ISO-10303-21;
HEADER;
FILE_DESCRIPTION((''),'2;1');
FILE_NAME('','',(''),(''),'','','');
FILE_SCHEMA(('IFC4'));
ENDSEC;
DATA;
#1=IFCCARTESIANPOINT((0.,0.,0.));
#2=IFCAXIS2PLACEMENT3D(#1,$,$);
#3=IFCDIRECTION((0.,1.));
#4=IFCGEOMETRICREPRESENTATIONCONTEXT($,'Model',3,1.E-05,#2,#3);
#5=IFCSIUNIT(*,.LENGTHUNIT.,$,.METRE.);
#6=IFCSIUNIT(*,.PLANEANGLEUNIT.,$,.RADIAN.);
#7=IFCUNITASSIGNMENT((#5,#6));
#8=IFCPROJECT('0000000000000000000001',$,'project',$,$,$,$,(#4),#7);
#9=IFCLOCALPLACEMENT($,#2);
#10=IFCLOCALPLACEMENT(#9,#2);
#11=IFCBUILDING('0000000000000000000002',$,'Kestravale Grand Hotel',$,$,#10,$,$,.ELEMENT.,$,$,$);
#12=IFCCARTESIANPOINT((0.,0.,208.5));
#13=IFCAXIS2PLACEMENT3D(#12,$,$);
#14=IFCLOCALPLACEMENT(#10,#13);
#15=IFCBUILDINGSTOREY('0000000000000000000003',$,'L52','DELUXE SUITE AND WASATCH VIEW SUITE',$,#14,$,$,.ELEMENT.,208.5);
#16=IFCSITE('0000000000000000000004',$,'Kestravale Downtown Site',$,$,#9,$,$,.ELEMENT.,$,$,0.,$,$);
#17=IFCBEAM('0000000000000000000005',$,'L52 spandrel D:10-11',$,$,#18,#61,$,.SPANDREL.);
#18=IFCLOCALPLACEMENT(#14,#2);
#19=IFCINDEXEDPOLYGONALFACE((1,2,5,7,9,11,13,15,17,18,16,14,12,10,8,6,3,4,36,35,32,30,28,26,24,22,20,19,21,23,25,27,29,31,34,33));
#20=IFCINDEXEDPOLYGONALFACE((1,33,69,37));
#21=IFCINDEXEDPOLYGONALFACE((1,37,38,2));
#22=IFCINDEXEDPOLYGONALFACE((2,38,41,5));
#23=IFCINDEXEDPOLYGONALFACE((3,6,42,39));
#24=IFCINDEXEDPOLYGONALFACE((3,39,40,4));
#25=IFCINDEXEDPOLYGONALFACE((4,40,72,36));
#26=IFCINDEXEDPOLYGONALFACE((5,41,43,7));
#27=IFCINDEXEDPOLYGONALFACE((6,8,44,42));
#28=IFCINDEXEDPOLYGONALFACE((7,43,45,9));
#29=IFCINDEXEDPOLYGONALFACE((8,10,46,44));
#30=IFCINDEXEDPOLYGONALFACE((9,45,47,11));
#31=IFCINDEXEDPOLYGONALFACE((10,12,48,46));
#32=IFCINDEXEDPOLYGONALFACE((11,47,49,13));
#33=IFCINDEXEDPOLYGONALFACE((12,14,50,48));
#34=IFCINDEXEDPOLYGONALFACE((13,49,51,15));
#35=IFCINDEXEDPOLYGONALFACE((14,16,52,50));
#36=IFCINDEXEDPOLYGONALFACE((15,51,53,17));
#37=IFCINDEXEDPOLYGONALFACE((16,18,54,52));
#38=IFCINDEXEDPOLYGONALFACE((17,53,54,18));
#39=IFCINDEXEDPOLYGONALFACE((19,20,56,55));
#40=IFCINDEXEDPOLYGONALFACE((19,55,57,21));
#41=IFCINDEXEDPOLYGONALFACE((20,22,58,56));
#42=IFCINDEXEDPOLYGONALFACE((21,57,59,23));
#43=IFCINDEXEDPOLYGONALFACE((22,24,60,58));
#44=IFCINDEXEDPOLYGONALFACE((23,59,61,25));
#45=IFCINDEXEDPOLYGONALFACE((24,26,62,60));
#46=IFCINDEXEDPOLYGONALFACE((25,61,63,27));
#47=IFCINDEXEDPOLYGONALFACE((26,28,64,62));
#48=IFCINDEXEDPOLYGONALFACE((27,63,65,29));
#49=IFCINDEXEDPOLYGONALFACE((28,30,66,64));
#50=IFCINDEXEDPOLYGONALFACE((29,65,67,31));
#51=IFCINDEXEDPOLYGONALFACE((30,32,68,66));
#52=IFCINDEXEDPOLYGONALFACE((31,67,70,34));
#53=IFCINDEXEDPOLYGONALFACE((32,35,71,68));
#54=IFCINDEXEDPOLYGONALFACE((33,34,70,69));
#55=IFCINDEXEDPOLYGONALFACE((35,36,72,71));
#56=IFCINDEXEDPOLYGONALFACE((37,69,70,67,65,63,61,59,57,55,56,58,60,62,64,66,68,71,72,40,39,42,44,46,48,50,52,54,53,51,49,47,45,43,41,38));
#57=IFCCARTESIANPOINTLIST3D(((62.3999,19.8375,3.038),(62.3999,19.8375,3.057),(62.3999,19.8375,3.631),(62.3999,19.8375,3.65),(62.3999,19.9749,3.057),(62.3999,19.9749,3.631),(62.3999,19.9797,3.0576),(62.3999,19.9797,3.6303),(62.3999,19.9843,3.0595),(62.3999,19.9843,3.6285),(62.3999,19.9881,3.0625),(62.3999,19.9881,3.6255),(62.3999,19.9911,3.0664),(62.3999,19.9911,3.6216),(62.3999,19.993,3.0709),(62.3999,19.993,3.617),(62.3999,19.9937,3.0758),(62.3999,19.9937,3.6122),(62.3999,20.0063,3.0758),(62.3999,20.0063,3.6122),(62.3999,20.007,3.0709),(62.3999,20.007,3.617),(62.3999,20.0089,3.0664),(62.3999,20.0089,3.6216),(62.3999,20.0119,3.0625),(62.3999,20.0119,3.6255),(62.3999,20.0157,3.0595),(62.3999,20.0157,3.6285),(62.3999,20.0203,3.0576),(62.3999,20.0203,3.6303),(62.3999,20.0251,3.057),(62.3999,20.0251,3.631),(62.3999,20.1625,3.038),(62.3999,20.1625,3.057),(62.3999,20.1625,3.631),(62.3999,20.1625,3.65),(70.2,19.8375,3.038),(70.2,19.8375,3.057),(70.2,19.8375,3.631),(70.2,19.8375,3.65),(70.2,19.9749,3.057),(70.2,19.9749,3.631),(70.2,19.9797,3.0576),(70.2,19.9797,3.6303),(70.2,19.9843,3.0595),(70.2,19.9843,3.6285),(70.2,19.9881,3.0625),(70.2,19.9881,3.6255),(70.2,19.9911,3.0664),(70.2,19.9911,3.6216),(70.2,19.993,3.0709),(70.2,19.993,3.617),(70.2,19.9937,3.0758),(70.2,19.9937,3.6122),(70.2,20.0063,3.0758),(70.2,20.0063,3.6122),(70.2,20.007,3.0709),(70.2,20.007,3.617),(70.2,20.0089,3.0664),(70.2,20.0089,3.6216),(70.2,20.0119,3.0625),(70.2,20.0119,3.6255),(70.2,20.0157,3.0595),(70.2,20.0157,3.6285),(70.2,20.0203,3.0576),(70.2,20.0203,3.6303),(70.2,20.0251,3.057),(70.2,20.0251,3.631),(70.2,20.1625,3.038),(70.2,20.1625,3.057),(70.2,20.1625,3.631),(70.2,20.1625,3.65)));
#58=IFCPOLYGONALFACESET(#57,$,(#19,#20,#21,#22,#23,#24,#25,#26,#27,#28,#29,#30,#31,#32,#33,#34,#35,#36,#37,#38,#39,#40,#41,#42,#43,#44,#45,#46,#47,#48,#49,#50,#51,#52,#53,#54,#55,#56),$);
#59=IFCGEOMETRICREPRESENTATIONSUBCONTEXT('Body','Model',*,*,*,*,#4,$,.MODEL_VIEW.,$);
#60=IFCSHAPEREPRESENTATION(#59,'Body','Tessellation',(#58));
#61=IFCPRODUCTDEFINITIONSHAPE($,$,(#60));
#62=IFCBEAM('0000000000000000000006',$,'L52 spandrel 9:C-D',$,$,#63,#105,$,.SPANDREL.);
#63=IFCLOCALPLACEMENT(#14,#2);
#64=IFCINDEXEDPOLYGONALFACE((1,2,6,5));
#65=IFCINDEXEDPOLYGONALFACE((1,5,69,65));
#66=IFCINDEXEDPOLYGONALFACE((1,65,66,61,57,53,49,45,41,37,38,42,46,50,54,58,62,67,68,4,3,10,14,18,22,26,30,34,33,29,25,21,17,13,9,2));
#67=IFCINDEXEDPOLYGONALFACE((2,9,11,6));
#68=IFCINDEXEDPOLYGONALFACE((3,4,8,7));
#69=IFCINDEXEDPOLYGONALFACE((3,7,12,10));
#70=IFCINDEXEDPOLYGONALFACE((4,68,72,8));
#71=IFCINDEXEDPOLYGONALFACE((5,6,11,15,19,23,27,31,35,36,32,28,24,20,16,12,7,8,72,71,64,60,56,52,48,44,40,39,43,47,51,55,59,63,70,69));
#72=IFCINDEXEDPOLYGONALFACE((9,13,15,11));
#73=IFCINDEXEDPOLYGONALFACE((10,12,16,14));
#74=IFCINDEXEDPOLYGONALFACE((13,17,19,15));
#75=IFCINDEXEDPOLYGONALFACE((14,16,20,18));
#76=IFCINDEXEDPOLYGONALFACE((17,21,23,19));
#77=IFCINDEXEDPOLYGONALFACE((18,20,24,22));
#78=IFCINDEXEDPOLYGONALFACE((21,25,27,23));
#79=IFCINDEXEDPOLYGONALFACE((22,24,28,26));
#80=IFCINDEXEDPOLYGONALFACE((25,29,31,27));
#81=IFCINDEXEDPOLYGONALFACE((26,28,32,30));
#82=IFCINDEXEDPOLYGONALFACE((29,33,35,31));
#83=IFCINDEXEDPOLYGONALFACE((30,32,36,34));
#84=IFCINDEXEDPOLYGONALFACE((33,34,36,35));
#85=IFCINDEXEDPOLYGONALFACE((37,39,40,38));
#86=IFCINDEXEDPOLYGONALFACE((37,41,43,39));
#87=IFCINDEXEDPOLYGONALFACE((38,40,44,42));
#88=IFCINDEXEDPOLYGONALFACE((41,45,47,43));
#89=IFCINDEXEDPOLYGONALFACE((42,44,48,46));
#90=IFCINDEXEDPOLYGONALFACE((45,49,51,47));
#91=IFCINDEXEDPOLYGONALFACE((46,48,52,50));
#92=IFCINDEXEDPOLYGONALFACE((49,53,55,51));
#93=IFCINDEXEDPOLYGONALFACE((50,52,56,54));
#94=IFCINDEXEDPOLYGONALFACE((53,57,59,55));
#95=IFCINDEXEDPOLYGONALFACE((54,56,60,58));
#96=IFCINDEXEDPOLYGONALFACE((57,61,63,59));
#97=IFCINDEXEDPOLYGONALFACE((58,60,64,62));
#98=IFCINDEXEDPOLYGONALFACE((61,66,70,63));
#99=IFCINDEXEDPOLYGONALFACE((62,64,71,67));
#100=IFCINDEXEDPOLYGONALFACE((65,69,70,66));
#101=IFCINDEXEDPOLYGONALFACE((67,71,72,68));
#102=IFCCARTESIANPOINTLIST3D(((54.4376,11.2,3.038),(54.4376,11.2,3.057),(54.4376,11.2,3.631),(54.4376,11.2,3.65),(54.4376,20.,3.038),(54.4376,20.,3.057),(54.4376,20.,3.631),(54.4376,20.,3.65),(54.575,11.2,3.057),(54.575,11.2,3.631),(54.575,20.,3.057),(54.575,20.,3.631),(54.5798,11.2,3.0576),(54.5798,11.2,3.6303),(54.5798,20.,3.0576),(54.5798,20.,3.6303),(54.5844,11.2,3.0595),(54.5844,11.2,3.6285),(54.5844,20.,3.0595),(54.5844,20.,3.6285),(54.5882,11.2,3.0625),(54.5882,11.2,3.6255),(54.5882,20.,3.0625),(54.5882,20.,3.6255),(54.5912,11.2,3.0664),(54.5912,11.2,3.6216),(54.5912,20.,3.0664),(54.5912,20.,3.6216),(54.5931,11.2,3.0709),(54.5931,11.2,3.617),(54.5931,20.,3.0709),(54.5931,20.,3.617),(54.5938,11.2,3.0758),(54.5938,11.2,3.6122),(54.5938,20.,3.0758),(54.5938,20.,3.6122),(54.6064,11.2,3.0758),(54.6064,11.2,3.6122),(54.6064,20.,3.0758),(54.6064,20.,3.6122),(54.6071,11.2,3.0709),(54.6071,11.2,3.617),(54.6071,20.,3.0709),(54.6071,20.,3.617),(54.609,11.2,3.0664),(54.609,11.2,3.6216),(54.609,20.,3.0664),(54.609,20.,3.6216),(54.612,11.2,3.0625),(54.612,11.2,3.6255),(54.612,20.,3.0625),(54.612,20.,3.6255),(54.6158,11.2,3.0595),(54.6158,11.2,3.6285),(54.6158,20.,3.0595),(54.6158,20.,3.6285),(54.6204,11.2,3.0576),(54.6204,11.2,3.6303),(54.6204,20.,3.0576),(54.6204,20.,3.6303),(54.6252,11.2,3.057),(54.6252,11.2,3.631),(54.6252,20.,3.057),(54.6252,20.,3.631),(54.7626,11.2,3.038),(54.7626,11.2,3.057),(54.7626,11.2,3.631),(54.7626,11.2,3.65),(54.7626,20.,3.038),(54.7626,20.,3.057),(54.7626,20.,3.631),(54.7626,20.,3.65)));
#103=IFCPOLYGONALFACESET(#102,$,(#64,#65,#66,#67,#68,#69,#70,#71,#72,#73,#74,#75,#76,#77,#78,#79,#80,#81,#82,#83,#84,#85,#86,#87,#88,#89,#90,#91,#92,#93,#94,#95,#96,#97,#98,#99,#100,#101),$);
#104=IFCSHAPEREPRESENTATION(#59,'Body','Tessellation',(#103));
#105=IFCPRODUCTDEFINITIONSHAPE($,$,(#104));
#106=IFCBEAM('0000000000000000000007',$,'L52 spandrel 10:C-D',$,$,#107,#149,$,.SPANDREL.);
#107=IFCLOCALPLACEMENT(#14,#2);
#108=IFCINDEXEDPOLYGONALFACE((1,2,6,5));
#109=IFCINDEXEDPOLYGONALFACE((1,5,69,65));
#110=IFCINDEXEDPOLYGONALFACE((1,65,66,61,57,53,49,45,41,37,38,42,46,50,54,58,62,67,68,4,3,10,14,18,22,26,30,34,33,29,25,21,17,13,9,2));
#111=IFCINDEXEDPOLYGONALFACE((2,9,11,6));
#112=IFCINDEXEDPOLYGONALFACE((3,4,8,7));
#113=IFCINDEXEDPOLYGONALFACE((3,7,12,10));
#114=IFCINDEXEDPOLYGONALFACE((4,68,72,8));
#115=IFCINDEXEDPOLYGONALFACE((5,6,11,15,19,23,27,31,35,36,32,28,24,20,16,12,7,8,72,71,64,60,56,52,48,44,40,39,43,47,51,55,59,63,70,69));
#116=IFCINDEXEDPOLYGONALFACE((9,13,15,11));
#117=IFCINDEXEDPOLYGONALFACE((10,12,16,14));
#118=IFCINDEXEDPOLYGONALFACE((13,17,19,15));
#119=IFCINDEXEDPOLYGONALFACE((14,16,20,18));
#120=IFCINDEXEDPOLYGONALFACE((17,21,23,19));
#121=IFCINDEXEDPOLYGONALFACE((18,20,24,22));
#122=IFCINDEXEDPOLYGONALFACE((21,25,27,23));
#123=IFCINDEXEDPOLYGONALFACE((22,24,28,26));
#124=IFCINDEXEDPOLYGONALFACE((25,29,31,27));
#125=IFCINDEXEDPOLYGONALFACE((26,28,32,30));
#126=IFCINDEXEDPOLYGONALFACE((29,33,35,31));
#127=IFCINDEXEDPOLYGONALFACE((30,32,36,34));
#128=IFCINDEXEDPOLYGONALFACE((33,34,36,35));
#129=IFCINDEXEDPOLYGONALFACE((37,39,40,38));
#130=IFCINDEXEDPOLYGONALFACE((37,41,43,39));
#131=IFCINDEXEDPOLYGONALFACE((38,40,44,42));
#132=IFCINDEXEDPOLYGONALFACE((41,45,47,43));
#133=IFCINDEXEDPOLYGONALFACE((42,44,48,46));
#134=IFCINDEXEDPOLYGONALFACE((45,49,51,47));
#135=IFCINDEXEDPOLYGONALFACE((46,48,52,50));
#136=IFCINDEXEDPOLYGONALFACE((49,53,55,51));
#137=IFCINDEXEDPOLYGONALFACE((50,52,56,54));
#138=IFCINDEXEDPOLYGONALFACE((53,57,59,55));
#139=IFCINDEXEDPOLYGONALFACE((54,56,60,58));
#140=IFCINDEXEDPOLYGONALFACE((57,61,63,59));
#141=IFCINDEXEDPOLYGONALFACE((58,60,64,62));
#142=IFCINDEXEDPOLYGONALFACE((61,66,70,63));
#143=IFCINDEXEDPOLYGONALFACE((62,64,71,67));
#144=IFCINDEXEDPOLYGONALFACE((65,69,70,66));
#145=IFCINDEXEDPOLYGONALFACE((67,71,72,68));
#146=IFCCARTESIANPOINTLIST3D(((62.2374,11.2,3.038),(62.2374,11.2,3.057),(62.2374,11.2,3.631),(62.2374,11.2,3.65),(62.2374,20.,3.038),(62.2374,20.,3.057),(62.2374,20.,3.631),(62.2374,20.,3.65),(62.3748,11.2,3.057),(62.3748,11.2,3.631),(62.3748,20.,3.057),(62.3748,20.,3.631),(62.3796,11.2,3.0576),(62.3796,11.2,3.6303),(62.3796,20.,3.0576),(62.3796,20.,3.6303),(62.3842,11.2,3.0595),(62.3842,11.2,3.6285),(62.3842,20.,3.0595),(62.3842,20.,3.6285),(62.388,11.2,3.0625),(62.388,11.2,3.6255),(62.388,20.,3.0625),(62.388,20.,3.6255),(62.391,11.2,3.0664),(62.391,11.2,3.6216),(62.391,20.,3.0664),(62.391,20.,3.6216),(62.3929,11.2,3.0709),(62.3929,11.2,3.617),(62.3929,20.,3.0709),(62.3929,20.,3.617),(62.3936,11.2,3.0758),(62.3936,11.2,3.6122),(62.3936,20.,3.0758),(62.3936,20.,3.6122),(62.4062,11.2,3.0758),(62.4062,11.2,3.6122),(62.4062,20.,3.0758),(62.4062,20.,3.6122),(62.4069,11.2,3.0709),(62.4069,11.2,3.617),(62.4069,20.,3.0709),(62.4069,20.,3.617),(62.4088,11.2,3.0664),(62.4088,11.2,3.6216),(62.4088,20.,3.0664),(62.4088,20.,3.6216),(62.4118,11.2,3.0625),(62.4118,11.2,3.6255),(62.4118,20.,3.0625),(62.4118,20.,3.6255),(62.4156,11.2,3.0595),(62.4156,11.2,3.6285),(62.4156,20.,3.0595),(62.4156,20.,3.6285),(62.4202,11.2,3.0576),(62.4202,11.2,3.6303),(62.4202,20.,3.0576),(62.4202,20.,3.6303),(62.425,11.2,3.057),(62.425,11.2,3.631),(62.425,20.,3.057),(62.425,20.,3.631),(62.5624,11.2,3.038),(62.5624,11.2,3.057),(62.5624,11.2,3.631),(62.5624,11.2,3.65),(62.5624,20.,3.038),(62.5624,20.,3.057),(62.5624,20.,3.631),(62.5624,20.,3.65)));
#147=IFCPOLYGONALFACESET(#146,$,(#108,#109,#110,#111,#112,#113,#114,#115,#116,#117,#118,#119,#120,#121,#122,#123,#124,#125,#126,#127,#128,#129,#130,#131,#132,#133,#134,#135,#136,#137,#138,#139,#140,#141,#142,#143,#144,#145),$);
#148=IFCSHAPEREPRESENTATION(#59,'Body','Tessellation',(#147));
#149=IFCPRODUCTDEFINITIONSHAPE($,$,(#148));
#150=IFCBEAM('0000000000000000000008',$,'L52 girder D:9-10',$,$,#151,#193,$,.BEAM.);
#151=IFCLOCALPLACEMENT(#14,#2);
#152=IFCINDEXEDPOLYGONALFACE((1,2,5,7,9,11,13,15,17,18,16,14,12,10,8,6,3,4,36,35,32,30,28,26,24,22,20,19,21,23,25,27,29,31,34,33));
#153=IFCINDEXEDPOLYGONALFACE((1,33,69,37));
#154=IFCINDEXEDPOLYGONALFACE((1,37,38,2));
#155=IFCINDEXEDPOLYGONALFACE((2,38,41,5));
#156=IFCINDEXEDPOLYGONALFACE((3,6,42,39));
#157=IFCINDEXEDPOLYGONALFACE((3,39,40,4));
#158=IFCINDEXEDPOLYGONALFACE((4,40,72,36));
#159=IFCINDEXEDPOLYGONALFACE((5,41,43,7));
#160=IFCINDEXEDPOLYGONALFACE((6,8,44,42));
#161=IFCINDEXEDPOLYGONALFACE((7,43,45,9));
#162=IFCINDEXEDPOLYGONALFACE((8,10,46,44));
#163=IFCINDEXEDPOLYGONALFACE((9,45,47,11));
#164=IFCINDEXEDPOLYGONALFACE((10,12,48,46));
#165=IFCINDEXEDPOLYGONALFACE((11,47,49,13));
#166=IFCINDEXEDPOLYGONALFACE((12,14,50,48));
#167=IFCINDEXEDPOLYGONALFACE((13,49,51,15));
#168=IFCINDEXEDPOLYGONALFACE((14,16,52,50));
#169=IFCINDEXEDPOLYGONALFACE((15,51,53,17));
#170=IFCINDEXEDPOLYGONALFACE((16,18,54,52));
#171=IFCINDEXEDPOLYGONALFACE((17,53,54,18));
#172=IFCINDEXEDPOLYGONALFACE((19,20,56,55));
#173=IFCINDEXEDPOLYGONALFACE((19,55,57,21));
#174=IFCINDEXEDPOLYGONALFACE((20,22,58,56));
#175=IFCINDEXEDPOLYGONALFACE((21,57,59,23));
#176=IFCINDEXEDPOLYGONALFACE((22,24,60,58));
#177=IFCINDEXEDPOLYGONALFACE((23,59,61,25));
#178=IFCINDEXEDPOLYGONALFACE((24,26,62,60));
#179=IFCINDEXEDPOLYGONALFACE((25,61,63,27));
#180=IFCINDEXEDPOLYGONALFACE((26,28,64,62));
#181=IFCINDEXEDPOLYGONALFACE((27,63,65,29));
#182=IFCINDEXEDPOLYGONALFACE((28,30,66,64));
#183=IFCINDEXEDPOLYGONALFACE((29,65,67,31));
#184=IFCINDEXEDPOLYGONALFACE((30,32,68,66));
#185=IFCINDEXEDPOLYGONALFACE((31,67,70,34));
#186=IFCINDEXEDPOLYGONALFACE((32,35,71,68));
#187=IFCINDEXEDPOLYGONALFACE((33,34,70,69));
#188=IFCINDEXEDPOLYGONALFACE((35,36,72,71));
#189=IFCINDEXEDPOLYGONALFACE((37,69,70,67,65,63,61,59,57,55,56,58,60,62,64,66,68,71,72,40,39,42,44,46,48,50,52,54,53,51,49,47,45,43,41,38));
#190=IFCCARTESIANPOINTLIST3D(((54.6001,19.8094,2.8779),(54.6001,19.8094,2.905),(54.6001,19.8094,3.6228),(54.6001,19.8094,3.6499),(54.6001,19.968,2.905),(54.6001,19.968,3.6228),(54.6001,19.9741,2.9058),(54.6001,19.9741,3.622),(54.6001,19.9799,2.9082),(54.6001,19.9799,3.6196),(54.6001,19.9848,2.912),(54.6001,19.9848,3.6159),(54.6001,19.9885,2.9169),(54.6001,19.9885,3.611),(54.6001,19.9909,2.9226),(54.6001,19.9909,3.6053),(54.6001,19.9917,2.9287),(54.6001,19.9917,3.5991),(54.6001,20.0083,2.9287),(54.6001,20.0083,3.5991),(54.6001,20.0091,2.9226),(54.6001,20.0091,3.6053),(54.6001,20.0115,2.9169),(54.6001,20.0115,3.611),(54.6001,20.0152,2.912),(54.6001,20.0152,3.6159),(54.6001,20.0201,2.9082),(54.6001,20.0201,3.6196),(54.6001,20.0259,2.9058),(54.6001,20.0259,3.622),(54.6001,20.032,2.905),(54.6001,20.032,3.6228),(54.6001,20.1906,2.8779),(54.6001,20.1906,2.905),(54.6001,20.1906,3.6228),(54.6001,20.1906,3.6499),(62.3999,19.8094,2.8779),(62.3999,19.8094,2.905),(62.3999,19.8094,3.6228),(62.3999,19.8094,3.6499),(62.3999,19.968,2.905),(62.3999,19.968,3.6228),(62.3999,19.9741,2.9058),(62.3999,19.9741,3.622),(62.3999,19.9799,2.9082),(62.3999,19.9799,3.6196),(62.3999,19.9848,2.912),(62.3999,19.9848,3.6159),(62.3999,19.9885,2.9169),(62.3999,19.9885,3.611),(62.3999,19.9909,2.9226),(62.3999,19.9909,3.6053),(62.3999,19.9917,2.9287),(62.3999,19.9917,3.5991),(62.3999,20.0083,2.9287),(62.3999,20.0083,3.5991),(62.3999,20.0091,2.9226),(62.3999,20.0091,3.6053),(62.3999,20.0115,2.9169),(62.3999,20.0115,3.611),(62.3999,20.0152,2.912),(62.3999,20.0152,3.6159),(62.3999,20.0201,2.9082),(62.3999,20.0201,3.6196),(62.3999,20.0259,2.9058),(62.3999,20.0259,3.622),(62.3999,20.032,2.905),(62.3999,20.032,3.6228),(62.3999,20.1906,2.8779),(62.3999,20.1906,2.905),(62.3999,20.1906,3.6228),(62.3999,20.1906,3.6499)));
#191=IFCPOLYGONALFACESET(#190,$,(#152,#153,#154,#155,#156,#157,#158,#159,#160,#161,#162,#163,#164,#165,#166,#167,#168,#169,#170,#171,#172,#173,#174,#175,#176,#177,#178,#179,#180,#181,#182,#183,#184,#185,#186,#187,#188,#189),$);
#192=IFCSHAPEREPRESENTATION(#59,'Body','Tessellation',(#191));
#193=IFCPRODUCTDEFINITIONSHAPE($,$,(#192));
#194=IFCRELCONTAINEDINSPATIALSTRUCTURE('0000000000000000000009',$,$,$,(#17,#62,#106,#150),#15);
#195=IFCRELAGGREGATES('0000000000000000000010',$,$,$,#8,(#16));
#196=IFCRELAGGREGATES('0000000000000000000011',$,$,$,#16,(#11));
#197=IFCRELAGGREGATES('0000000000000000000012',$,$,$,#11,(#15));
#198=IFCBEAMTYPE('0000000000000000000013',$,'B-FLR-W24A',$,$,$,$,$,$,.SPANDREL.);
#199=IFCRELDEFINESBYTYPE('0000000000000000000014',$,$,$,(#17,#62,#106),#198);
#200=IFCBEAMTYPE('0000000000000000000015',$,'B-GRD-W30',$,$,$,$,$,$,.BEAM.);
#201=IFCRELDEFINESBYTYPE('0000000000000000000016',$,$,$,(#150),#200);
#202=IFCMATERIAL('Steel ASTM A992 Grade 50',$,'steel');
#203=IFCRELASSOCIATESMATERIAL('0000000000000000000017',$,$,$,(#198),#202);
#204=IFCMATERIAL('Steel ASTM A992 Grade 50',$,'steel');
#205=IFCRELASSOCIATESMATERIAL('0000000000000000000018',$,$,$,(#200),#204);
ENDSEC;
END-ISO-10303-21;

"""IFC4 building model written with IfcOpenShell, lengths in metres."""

from ifc_helpers import new_model, si_unit, direction, frame, origin, origin_2d, place, context, subcontext, project, spatial, i_section, extrude, material, material_profile, profile_set, type_object, element, save


model = new_model("IFC4")

# Units and contexts
model_context = context("Model", 3, precision=1e-05, world=origin(), true_north=direction((0.0, 1.0)))
body_context = subcontext(model_context, "Body", "Model", "MODEL_VIEW")
ifc_project = project(units=[si_unit("LENGTHUNIT", "METRE"), si_unit("PLANEANGLEUNIT", "RADIAN")], contexts=[model_context])

# Site, building, storey
site_placement = place(None, origin())
site = spatial("IfcSite", under=ifc_project, at=site_placement, Name="Kestravale Downtown Site", CompositionType="ELEMENT", RefElevation=0.0)
building_placement = place(site_placement, origin())
building = spatial("IfcBuilding", under=site, at=building_placement, Name="Kestravale Grand Hotel", CompositionType="ELEMENT")
storey_placement = place(building_placement, frame((0.0, 0.0, 208.5)))
storey = spatial("IfcBuildingStorey", under=building, at=storey_placement, Name="L52", Description="DELUXE SUITE AND WASATCH VIEW SUITE", CompositionType="ELEMENT", Elevation=208.5)

# Beams
ifc_material_1 = material(Name="Steel ASTM A992 Grade 50", Category="steel")
ifc_material_profile_1 = material_profile(ifc_material_1, i_section(OverallWidth=0.325, OverallDepth=0.6121, WebThickness=0.0127, FlangeThickness=0.019, FilletRadius=0.0188, at=origin_2d()))
ifc_profile_set_1 = profile_set([ifc_material_profile_1], Name="Steel ASTM A992 Grade 50")
beam_type_1 = type_object("IfcBeamType", Name="B-FLR-W24A", PredefinedType="SPANDREL", material=ifc_profile_set_1)
beam_1_placement = place(storey_placement, frame((62.3999, 20.0, 3.344), z_axis=(1.0, 0.0, 0.0), x_axis=(0.0, 1.0, 0.0)))
element("IfcBeam", 1, at=beam_1_placement, inside=storey, type_object=beam_type_1, Name="L52 spandrel D:10-11", PredefinedType="SPANDREL", context=body_context, shape_type="SweptSolid", body=[
    extrude(i_section(OverallWidth=0.325, OverallDepth=0.6121, WebThickness=0.0127, FlangeThickness=0.019, FilletRadius=0.0188, at=origin_2d()), origin(), (0.0, 0.0, 1.0), 7.8),
])
for number, where, z_axis, x_axis, name in (
    (2, (54.6001, 11.2, 3.344), (0.0, 1.0, 0.0), (-1.0, 0.0, 0.0), "L52 spandrel 9:C-D"),
    (3, (62.3999, 11.2, 3.344), (0.0, 1.0, 0.0), (-1.0, 0.0, 0.0), "L52 spandrel 10:C-D"),
):
    element("IfcBeam", number, at=place(storey_placement, frame(where, z_axis=z_axis, x_axis=x_axis)), inside=storey, type_object=beam_type_1, Name=name, PredefinedType="SPANDREL", context=body_context, shape_type="SweptSolid", body=[
        extrude(i_section(OverallWidth=0.325, OverallDepth=0.6121, WebThickness=0.0127, FlangeThickness=0.019, FilletRadius=0.0188, at=origin_2d()), origin(), (0.0, 0.0, 1.0), 8.8),
    ])
ifc_material_2 = material(Name="Steel ASTM A992 Grade 50", Category="steel")
ifc_material_profile_2 = material_profile(ifc_material_2, i_section(OverallWidth=0.3811, OverallDepth=0.772, WebThickness=0.0166, FlangeThickness=0.0271, FilletRadius=0.0237, at=origin_2d()))
ifc_profile_set_2 = profile_set([ifc_material_profile_2], Name="Steel ASTM A992 Grade 50")
beam_type_2 = type_object("IfcBeamType", Name="B-GRD-W30", PredefinedType="BEAM", material=ifc_profile_set_2)
beam_2_placement = place(storey_placement, frame((54.6001, 20.0, 3.2639), z_axis=(1.0, 0.0, 0.0), x_axis=(0.0, 1.0, 0.0)))
element("IfcBeam", 4, at=beam_2_placement, inside=storey, type_object=beam_type_2, Name="L52 girder D:9-10", PredefinedType="BEAM", context=body_context, shape_type="SweptSolid", body=[
    extrude(i_section(OverallWidth=0.3811, OverallDepth=0.772, WebThickness=0.0166, FlangeThickness=0.0271, FilletRadius=0.0237, at=origin_2d()), origin(), (0.0, 0.0, 1.0), 7.7998),
])

save(model, "model.ifc")
